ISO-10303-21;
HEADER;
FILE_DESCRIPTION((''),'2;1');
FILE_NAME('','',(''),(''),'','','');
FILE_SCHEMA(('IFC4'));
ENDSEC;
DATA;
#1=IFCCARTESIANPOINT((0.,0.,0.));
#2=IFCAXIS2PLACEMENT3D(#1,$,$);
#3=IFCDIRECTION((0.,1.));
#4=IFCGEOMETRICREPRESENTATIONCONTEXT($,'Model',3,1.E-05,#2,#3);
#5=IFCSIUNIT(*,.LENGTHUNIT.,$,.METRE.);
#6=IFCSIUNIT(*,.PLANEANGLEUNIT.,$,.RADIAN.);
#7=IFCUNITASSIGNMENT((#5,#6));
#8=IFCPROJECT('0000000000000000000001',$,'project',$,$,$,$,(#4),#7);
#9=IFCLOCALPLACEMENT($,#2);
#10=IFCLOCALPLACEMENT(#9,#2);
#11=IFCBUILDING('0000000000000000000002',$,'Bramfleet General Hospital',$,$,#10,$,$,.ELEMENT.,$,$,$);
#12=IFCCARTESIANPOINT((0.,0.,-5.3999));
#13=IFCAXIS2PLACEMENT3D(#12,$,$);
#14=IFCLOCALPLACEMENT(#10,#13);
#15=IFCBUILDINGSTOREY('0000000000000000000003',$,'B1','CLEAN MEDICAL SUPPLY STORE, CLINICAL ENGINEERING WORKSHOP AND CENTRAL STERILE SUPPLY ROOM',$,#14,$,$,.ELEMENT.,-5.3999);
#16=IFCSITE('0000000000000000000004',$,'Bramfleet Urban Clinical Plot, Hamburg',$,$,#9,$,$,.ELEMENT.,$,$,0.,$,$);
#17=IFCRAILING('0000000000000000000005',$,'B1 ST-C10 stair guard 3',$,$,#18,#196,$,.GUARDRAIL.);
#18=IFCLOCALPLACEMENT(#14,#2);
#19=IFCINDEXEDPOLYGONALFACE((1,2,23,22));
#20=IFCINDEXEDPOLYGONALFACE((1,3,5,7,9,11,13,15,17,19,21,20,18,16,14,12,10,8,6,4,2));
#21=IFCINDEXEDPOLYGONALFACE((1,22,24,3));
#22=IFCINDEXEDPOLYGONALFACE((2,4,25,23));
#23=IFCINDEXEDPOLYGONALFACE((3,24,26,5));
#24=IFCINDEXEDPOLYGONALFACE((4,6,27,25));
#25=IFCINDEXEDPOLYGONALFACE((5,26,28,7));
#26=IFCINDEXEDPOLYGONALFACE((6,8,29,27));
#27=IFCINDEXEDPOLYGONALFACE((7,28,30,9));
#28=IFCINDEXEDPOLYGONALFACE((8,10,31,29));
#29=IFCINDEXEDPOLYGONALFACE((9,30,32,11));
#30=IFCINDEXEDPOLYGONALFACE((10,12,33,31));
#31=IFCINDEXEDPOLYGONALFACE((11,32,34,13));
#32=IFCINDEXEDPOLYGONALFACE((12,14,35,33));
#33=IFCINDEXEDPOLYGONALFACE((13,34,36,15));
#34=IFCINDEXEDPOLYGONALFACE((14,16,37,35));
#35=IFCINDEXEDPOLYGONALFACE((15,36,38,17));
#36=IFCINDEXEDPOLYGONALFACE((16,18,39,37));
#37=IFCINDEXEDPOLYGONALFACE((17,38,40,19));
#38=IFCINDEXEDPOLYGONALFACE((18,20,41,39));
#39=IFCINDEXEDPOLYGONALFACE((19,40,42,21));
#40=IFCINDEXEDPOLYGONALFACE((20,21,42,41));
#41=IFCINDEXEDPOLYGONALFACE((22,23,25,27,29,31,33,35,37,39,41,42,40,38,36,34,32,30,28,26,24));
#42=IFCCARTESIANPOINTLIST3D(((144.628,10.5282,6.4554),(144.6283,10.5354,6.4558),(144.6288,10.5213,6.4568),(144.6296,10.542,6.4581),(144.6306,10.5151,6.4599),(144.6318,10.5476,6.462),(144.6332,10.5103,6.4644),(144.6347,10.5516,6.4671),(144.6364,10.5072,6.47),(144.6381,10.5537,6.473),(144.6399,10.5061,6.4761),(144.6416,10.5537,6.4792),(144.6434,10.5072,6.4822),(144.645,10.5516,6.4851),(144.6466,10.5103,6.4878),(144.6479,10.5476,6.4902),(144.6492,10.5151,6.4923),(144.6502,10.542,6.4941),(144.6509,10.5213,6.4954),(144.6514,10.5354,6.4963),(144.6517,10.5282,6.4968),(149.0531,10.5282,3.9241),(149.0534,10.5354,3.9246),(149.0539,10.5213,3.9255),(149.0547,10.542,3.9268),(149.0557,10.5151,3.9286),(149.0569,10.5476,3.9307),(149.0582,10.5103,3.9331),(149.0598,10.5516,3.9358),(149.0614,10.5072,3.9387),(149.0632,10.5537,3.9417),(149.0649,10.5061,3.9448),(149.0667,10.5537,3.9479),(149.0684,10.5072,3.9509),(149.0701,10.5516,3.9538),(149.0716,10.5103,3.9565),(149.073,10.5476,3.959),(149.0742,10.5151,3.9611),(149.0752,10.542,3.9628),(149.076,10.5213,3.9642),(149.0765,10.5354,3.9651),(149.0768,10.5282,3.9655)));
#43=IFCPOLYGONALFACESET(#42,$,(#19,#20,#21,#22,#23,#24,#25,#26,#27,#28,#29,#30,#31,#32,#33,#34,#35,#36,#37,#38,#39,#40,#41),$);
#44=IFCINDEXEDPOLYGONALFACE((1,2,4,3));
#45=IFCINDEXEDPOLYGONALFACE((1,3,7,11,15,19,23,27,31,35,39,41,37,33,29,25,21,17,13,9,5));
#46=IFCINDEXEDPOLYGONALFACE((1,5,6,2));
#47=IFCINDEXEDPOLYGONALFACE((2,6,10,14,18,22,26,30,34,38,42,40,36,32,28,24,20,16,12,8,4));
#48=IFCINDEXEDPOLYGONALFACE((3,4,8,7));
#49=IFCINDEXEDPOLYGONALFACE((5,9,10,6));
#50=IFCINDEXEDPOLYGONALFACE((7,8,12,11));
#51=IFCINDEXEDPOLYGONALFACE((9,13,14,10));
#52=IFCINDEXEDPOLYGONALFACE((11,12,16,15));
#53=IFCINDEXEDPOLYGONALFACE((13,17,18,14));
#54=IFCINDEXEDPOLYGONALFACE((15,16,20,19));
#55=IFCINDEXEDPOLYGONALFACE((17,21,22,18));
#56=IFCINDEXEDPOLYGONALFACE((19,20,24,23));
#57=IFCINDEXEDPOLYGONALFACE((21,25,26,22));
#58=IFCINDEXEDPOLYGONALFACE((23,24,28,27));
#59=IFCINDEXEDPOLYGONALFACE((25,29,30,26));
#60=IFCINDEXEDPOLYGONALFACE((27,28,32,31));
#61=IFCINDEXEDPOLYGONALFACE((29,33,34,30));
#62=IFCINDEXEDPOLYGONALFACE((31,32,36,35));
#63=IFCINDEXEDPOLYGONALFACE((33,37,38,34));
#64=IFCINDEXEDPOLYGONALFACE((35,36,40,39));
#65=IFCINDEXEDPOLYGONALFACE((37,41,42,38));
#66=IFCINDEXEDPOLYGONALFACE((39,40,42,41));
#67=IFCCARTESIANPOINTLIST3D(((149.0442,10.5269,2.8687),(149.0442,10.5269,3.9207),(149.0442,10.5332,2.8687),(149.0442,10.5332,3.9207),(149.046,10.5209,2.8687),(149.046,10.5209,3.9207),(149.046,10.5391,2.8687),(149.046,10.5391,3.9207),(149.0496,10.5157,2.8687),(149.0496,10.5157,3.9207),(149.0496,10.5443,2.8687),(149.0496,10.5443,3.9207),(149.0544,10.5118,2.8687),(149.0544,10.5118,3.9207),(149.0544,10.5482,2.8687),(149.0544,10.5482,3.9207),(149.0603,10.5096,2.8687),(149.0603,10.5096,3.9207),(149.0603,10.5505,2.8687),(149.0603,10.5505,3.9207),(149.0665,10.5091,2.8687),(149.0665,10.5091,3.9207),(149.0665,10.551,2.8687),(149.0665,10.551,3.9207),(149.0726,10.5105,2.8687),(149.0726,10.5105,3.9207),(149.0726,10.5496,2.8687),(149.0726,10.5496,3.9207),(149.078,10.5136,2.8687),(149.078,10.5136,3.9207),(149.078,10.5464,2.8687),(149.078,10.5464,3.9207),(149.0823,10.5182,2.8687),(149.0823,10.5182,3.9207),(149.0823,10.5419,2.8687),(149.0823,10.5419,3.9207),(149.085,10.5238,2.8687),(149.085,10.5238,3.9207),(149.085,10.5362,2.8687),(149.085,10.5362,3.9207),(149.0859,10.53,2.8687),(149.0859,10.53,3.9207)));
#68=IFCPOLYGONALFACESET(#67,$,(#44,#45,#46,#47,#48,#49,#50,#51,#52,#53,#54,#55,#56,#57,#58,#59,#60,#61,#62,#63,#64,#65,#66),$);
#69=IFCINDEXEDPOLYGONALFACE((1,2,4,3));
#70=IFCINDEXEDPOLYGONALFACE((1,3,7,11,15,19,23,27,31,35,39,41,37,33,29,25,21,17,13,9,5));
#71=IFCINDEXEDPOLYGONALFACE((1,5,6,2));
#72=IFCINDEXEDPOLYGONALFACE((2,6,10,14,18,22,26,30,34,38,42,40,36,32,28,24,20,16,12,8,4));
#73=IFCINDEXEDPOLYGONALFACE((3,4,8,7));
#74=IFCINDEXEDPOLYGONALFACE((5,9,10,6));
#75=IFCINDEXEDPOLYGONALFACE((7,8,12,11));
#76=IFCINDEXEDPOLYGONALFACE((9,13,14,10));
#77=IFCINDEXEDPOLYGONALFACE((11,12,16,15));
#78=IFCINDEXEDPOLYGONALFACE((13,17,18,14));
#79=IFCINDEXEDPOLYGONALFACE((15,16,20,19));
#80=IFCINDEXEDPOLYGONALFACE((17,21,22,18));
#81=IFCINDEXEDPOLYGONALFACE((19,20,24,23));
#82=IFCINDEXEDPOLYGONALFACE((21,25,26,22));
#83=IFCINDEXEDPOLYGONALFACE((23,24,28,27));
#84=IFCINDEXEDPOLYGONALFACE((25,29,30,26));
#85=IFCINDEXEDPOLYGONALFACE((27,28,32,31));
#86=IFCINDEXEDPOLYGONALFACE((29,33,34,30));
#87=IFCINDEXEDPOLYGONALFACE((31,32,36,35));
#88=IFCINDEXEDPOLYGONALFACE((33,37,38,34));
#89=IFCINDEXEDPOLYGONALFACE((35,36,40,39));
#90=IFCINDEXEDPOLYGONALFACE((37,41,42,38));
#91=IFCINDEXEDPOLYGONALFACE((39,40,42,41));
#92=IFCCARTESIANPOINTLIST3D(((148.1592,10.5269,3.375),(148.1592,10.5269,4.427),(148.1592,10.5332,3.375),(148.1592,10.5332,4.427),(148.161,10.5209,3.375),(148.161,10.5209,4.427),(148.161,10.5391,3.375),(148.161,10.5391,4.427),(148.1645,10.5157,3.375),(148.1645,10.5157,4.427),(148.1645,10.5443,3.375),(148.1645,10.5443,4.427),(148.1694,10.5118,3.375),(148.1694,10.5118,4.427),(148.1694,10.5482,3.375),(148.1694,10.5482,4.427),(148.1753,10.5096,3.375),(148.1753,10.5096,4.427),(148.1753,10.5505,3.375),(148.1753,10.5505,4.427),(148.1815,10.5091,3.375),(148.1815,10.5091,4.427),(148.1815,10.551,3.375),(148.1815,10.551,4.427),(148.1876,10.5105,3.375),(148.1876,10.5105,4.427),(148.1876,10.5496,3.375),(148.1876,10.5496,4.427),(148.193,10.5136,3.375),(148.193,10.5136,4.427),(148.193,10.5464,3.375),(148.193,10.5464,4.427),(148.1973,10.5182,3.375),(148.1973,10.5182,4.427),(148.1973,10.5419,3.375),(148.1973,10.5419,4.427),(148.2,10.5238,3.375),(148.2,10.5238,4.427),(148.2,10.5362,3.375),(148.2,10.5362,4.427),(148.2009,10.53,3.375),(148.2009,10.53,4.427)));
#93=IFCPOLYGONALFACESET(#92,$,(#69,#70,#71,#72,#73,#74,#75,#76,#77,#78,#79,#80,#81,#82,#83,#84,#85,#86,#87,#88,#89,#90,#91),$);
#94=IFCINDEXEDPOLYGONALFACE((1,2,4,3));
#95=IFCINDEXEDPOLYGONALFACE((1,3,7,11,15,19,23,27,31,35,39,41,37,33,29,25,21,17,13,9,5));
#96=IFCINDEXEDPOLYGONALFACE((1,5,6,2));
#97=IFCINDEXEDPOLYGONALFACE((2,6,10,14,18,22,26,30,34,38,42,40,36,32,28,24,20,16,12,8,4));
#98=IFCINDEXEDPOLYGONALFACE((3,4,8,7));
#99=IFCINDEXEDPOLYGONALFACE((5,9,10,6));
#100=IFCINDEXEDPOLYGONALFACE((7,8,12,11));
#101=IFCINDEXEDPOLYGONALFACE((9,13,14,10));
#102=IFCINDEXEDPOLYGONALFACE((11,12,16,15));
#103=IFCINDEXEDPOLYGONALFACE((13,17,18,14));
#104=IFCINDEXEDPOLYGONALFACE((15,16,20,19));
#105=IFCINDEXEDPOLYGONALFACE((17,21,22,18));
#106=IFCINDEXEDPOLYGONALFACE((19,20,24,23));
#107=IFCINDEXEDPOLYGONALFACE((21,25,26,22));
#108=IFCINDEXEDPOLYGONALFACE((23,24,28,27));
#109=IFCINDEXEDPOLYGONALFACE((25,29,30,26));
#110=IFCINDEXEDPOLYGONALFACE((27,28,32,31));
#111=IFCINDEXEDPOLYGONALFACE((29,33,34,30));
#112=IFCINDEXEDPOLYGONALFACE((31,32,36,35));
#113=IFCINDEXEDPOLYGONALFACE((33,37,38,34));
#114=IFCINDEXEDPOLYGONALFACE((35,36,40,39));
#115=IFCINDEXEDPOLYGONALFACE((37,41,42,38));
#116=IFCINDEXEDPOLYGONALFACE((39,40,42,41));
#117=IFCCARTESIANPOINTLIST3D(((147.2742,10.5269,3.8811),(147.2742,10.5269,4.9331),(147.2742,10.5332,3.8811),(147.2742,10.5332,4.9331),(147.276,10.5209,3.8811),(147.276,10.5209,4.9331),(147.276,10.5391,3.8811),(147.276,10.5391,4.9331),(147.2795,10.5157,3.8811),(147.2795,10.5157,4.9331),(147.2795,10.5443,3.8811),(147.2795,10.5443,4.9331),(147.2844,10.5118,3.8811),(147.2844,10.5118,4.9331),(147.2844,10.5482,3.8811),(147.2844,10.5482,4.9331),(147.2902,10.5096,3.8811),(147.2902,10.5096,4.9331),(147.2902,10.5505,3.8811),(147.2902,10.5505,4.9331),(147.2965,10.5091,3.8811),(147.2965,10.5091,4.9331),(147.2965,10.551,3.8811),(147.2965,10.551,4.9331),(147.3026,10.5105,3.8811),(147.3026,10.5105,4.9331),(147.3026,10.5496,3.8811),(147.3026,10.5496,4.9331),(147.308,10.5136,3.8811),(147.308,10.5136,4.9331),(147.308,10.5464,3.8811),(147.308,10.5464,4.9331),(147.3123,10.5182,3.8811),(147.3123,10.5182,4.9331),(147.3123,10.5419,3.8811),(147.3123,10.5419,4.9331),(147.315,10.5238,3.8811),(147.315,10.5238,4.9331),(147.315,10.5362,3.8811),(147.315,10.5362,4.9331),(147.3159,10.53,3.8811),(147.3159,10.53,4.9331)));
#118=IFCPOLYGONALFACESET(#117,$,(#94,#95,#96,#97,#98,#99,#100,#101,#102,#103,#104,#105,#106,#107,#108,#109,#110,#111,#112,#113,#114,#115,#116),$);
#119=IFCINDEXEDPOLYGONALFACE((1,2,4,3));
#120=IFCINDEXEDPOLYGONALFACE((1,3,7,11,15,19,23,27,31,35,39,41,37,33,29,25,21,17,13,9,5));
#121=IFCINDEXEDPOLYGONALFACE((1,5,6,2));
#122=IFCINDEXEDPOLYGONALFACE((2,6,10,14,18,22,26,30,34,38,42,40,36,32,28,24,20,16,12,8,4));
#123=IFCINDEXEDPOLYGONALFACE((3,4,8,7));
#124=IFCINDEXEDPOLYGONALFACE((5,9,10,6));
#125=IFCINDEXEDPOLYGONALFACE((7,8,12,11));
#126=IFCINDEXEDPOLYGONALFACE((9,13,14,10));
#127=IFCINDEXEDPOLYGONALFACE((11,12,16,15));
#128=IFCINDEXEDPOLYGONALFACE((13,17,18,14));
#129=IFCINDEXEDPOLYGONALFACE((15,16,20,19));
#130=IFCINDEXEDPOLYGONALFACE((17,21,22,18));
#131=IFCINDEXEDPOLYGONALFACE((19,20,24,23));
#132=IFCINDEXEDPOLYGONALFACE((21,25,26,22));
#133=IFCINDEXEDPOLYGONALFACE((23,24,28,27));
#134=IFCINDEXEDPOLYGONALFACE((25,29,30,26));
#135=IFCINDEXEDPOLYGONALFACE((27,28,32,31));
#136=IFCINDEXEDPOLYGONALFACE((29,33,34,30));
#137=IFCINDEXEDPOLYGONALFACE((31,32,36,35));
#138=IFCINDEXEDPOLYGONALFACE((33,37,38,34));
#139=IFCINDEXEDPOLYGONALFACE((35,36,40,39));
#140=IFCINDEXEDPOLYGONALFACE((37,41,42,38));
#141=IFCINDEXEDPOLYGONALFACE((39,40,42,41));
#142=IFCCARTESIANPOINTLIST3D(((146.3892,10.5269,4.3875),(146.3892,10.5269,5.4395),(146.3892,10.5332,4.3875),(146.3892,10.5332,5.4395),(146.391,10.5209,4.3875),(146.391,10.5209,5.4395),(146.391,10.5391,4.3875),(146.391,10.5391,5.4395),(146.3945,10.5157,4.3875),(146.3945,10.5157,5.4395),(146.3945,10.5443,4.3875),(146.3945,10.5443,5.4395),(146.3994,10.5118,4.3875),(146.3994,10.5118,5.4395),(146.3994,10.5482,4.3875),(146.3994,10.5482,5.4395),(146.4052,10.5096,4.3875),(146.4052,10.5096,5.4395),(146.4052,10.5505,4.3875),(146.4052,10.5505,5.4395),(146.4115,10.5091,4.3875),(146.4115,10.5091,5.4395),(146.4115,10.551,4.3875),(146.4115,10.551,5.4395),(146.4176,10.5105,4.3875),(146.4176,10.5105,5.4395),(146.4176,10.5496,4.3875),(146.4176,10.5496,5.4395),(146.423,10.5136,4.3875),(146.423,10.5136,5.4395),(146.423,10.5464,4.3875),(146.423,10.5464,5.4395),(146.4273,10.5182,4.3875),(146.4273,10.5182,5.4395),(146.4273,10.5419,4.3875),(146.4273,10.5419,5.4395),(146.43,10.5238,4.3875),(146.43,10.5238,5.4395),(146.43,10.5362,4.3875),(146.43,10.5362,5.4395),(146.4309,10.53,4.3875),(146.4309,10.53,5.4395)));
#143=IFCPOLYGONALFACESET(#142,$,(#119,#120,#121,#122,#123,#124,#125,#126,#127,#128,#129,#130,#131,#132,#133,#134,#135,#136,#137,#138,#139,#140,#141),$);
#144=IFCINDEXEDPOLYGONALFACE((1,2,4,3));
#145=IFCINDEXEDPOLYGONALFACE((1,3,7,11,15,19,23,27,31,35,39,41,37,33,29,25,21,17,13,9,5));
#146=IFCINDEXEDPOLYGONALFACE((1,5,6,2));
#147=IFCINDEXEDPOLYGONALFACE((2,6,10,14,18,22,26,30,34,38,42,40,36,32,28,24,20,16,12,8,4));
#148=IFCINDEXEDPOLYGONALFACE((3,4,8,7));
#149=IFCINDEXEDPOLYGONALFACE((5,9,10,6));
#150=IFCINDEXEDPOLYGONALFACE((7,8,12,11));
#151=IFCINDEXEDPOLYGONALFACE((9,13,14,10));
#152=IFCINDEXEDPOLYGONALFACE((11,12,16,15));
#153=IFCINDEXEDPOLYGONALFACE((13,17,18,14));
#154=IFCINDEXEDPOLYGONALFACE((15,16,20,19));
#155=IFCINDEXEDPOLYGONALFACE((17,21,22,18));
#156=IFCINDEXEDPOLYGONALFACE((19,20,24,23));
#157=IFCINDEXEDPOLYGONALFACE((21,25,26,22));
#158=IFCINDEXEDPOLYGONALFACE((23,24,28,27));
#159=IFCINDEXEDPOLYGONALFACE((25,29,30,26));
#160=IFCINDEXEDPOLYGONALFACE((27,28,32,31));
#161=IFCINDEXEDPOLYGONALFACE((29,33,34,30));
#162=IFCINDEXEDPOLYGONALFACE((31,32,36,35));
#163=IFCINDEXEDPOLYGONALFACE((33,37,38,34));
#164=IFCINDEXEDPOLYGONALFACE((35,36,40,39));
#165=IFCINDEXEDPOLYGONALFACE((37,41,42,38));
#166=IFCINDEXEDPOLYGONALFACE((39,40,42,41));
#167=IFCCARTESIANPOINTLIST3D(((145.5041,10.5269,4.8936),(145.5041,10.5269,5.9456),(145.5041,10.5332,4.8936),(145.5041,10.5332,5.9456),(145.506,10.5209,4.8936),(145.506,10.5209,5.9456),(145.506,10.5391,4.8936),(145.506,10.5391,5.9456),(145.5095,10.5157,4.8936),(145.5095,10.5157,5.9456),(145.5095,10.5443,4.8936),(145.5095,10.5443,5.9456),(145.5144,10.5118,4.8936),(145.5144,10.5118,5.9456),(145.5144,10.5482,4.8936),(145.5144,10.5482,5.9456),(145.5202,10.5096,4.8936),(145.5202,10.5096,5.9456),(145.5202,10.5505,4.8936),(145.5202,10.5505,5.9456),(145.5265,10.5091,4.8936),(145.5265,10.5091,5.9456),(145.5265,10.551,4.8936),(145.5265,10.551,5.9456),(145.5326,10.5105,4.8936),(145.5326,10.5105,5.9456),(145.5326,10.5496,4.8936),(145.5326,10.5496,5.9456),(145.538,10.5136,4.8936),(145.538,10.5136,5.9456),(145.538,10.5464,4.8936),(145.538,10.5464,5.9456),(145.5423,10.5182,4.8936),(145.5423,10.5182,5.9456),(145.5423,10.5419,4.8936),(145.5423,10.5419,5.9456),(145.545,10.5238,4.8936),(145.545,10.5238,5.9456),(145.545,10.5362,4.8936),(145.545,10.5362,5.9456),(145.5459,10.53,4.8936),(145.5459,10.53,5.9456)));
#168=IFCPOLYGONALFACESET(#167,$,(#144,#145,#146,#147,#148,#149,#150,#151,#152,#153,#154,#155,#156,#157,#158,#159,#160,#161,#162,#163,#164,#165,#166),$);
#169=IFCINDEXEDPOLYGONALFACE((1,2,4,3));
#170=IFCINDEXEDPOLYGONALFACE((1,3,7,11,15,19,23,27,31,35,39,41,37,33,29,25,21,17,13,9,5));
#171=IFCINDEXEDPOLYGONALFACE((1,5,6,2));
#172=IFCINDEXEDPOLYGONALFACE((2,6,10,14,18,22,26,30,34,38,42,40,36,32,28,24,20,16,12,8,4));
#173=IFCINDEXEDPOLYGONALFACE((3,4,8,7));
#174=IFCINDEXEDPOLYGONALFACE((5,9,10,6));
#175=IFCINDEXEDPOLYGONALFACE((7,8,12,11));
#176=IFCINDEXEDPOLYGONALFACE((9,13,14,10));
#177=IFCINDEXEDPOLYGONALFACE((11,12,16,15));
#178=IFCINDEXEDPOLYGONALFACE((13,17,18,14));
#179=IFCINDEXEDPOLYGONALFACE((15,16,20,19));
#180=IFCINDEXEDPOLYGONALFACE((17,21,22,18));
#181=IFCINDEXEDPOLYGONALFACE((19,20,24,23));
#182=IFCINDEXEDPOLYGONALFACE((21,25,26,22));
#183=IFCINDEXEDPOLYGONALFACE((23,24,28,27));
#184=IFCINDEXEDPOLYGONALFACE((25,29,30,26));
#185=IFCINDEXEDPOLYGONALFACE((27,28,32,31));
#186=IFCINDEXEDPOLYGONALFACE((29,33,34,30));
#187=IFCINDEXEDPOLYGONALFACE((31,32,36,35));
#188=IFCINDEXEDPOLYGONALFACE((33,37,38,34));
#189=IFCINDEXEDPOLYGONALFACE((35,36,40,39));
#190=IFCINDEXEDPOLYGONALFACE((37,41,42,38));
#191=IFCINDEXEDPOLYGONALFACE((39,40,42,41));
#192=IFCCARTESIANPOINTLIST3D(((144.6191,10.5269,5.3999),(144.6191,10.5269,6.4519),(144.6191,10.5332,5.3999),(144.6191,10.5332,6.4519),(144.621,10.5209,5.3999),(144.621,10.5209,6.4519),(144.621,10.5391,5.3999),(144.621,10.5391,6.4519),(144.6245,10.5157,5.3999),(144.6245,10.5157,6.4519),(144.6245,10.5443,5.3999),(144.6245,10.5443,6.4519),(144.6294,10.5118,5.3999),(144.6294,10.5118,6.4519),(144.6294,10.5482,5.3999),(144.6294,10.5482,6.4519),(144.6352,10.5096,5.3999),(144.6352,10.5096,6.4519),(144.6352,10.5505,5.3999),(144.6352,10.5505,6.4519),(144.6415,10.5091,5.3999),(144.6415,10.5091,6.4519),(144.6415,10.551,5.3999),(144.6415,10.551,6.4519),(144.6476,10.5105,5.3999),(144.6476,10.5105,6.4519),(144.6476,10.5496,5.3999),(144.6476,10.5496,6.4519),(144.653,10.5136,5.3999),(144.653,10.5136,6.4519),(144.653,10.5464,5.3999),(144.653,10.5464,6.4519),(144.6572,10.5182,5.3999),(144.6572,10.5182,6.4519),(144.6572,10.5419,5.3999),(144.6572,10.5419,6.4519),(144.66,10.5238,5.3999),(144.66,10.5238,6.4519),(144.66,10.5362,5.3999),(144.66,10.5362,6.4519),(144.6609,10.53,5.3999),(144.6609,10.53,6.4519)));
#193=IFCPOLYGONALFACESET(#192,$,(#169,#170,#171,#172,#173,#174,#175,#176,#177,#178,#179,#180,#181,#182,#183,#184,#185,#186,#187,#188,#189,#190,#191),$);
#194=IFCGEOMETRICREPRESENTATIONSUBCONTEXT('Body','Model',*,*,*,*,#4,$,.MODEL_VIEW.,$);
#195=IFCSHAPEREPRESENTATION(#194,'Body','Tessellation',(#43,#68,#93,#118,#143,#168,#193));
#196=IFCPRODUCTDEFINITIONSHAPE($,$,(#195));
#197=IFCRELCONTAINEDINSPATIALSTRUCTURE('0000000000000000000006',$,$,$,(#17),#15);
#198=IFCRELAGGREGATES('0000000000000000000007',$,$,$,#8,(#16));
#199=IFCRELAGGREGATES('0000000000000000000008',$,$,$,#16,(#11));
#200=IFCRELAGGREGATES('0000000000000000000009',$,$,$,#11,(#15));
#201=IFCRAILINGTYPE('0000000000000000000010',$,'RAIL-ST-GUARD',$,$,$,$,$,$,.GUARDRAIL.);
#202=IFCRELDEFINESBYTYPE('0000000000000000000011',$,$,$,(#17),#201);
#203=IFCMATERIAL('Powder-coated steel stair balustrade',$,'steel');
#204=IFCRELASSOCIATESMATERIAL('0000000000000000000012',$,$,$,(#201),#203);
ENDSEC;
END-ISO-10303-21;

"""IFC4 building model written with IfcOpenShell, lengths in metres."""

from ifc_helpers import new_model, si_unit, direction, frame, origin, origin_2d, place, context, subcontext, project, spatial, circle, extrude, material, type_object, element, save


model = new_model("IFC4")

# Units and contexts
model_context = context("Model", 3, precision=1e-05, world=origin(), true_north=direction((0.0, 1.0)))
body_context = subcontext(model_context, "Body", "Model", "MODEL_VIEW")
ifc_project = project(units=[si_unit("LENGTHUNIT", "METRE"), si_unit("PLANEANGLEUNIT", "RADIAN")], contexts=[model_context])

# Site, building, storey
site_placement = place(None, origin())
site = spatial("IfcSite", under=ifc_project, at=site_placement, Name="Bramfleet Urban Clinical Plot, Hamburg", CompositionType="ELEMENT", RefElevation=0.0)
building_placement = place(site_placement, origin())
building = spatial("IfcBuilding", under=site, at=building_placement, Name="Bramfleet General Hospital", CompositionType="ELEMENT")
storey_placement = place(building_placement, frame((0.0, 0.0, -5.3999)))
storey = spatial("IfcBuildingStorey", under=building, at=storey_placement, Name="B1", Description="CLEAN MEDICAL SUPPLY STORE, CLINICAL ENGINEERING WORKSHOP AND CENTRAL STERILE SUPPLY ROOM", CompositionType="ELEMENT", Elevation=-5.3999)

# Railing
ifc_material_1 = material(Name="Powder-coated steel stair balustrade", Category="steel")
railing_type_1 = type_object("IfcRailingType", Name="RAIL-ST-GUARD", PredefinedType="GUARDRAIL", material=ifc_material_1)
railing_1_placement = place(storey_placement, frame((149.0649, 10.53, 2.8687)))
element("IfcRailing", 1, at=railing_1_placement, inside=storey, type_object=railing_type_1, Name="B1 ST-C10 stair guard 3", PredefinedType="GUARDRAIL", context=body_context, shape_type="SweptSolid", body=[
    extrude(circle(Radius=0.0239, at=origin_2d()), frame((0.0, 0.0, 1.0762), z_axis=(-0.868019, 0.0, 0.496531), x_axis=(0.0, -1.0, 0.0)), (0.0, 0.0, 1.0), 5.0979),
    extrude(circle(Radius=0.021, at=origin_2d()), origin(), (0.0, 0.0, 1.0), 1.052),
    extrude(circle(Radius=0.021, at=origin_2d()), frame((-0.885, 0.0, 0.5063)), (0.0, 0.0, 1.0), 1.052),
    extrude(circle(Radius=0.021, at=origin_2d()), frame((-1.77, 0.0, 1.0125)), (0.0, 0.0, 1.0), 1.052),
    extrude(circle(Radius=0.021, at=origin_2d()), frame((-2.655, 0.0, 1.5188)), (0.0, 0.0, 1.0), 1.052),
    extrude(circle(Radius=0.021, at=origin_2d()), frame((-3.54, 0.0, 2.0249)), (0.0, 0.0, 1.0), 1.052),
    extrude(circle(Radius=0.021, at=origin_2d()), frame((-4.425, 0.0, 2.5312)), (0.0, 0.0, 1.0), 1.052),
])

save(model, "model.ifc")
